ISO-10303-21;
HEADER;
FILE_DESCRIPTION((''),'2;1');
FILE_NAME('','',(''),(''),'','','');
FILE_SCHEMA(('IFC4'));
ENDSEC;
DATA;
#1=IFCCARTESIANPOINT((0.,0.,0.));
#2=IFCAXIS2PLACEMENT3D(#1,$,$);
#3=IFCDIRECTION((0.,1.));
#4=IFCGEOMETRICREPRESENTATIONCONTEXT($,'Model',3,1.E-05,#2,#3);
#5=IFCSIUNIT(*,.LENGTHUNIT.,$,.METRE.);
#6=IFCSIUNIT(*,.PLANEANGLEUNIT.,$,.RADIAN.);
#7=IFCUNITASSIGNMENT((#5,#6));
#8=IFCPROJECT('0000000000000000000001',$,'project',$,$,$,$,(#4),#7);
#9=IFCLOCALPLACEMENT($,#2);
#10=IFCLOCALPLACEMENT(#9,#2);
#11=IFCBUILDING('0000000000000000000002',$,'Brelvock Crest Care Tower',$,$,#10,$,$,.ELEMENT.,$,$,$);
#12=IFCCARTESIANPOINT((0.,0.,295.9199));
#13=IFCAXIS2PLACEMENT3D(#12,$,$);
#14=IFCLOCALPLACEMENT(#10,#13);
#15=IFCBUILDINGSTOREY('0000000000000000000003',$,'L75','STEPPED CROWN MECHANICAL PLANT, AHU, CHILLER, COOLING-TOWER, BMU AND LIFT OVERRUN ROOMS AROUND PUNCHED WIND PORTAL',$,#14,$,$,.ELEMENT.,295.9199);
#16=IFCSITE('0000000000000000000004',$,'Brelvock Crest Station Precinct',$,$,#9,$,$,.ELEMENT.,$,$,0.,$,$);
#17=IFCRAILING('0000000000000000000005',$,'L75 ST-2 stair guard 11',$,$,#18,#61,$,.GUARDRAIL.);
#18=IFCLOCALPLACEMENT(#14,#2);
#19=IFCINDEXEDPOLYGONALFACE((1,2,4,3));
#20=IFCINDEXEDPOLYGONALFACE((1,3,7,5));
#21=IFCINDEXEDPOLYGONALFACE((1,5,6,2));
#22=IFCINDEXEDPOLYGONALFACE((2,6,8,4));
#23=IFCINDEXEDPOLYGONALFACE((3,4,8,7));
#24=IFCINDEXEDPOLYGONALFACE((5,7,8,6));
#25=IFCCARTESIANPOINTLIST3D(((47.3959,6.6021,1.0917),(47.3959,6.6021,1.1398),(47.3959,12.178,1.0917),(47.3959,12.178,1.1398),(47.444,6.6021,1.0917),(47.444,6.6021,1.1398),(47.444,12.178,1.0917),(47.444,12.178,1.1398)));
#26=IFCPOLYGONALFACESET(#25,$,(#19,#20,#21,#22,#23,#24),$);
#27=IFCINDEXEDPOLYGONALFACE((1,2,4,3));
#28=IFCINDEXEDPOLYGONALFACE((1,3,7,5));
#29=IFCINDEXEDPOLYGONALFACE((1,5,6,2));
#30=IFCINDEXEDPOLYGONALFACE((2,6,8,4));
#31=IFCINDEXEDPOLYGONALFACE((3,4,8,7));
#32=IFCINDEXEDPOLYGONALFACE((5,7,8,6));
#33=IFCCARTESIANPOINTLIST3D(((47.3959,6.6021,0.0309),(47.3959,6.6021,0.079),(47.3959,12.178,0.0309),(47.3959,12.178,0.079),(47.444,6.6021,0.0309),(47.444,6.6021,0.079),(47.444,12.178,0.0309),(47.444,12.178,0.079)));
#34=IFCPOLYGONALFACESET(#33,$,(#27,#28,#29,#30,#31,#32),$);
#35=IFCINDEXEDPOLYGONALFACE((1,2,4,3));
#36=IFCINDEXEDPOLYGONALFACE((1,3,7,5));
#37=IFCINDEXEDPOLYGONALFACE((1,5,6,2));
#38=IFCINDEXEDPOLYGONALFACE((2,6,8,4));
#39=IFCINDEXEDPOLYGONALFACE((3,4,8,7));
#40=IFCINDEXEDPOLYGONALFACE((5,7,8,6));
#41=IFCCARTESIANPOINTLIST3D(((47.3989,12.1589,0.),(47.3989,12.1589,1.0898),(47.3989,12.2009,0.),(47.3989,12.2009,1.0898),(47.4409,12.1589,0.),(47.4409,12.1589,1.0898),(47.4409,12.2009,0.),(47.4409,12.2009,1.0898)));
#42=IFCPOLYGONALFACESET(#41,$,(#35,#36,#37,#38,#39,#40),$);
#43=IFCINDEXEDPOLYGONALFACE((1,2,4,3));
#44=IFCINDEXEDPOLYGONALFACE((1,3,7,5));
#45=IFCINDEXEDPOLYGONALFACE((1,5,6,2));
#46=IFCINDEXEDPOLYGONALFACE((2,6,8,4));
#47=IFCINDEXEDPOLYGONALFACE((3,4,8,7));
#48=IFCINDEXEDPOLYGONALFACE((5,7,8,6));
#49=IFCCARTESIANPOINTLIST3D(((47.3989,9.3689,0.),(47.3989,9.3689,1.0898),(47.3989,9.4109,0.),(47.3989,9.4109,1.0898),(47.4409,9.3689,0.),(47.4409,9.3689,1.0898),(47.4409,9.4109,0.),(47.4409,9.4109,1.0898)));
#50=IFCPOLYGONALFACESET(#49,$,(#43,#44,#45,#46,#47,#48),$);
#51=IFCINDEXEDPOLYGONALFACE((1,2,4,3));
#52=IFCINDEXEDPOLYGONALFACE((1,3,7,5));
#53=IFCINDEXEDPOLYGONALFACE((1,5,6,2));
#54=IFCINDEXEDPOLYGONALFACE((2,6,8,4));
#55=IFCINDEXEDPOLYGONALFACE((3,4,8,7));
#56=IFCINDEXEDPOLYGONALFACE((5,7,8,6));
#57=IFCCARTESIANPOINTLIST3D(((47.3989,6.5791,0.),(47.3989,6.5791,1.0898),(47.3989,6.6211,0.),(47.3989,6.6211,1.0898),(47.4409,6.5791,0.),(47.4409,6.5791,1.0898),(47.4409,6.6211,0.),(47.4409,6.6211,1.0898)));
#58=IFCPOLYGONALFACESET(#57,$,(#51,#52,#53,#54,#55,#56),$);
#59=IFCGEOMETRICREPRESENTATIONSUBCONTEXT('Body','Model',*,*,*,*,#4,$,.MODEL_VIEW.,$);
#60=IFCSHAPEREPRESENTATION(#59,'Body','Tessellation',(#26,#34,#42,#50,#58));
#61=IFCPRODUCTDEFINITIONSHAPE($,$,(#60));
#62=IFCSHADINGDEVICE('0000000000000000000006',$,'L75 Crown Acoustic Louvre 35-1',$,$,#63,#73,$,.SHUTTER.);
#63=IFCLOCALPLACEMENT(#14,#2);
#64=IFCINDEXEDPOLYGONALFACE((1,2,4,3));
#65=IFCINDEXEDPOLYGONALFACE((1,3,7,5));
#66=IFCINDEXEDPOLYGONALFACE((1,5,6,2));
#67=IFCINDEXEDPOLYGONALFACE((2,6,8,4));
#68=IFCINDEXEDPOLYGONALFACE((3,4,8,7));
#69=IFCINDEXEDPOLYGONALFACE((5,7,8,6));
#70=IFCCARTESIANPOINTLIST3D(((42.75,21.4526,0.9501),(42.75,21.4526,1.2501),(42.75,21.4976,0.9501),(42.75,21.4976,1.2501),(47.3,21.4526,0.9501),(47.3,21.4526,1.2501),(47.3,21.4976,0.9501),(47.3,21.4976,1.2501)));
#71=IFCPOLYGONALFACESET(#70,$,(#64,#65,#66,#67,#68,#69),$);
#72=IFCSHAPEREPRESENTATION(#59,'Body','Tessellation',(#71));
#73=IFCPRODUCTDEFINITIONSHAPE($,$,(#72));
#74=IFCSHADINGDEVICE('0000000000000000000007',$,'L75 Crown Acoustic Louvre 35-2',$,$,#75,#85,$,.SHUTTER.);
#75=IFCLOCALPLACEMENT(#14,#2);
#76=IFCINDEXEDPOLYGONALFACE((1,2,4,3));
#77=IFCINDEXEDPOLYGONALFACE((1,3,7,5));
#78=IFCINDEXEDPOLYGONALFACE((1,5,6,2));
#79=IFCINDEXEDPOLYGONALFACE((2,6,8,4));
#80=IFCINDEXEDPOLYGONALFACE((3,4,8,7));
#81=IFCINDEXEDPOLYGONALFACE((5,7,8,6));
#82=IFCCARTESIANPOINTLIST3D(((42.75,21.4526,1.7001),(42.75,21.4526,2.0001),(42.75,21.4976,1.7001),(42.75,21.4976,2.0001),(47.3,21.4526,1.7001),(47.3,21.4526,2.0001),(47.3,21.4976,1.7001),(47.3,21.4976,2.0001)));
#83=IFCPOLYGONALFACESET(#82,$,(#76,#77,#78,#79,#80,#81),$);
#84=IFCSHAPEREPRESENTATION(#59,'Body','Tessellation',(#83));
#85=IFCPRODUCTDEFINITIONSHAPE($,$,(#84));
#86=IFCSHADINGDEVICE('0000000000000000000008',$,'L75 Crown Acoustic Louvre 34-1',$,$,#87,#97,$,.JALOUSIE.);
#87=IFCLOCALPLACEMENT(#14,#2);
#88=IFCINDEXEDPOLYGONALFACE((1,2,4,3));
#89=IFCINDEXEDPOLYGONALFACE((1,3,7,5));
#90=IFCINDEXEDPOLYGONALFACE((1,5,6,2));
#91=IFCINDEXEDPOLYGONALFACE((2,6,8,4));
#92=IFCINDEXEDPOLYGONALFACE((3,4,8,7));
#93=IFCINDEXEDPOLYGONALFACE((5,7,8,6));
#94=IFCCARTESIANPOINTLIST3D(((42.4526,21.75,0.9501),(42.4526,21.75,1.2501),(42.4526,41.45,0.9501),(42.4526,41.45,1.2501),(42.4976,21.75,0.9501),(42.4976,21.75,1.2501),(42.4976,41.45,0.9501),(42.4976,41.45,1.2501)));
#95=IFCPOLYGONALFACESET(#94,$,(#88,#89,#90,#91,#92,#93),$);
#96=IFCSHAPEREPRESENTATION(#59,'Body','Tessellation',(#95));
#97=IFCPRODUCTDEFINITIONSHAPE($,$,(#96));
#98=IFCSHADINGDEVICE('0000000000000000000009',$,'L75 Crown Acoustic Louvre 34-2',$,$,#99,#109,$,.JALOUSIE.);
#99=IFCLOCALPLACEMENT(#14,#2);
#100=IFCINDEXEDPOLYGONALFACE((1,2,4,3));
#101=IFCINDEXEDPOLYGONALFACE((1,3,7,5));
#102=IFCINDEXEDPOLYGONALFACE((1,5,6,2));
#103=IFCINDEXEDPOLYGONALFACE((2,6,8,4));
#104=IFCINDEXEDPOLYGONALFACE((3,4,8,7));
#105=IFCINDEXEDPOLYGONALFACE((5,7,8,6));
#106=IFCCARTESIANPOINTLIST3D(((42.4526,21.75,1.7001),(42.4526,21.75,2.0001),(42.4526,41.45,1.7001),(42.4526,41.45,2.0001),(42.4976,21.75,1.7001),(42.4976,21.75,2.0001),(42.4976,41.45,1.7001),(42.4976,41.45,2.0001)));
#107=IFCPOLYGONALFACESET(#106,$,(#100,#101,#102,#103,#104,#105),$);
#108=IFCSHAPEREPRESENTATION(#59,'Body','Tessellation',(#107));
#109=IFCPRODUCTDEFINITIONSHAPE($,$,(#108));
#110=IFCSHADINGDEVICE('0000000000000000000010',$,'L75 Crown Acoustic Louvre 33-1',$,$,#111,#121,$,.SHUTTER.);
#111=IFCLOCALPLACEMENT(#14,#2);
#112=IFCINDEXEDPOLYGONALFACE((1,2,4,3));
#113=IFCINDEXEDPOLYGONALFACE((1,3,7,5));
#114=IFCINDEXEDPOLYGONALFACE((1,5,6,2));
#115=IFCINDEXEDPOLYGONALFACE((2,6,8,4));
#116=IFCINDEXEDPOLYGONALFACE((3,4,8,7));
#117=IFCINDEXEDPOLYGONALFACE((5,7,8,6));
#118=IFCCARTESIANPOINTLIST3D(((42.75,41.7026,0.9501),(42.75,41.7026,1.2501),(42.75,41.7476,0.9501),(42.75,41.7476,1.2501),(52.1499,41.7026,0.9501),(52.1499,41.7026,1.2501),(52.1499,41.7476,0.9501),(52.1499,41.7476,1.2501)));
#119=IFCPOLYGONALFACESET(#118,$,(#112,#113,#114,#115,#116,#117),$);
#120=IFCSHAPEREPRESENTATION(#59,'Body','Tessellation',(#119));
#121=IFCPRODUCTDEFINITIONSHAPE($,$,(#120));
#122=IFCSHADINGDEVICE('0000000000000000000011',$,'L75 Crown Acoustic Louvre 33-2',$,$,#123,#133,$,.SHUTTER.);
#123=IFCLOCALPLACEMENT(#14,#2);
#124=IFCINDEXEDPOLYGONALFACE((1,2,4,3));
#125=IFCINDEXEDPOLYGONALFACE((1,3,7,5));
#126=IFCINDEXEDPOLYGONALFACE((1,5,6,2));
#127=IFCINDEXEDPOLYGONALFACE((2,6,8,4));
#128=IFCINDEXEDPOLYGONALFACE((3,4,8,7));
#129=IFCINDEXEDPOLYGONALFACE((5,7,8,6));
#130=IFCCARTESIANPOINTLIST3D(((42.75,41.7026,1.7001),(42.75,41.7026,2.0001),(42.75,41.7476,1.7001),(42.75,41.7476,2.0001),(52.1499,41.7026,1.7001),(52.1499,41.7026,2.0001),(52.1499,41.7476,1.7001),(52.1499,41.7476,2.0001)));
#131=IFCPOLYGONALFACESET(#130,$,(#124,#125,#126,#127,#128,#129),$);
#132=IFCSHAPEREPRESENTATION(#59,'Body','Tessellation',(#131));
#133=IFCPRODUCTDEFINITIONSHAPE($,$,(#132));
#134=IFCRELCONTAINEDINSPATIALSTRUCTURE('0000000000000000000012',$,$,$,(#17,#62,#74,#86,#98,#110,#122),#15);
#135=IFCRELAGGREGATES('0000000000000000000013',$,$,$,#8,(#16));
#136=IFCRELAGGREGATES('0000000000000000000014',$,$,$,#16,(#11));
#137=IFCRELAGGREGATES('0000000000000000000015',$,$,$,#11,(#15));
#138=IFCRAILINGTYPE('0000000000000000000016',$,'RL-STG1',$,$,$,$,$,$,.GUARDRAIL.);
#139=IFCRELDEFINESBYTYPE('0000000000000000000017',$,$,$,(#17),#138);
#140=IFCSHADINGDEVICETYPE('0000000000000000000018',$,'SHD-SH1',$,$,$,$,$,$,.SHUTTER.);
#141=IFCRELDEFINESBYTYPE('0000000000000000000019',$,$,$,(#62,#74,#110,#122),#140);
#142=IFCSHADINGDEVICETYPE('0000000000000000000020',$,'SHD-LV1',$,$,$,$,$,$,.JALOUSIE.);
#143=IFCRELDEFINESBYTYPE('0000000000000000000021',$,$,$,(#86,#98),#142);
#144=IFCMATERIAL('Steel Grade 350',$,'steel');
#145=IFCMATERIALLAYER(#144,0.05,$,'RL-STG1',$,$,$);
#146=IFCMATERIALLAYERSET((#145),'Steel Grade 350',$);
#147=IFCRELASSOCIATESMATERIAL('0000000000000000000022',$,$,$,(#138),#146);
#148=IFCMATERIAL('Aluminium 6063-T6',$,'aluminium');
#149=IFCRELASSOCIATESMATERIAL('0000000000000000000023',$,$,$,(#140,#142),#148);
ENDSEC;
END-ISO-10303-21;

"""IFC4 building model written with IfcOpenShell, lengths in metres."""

from ifc_helpers import new_model, si_unit, direction, frame, origin, origin_2d, place, context, subcontext, project, spatial, rectangle, extrude, source, transform, mapped, material, layer, layer_set, material_profile, profile_set, type_object, element, save


model = new_model("IFC4")

# Units and contexts
model_context = context("Model", 3, precision=1e-05, world=origin(), true_north=direction((0.0, 1.0)))
body_context = subcontext(model_context, "Body", "Model", "MODEL_VIEW")
ifc_project = project(units=[si_unit("LENGTHUNIT", "METRE"), si_unit("PLANEANGLEUNIT", "RADIAN")], contexts=[model_context])

# Site, building, storey
site_placement = place(None, origin())
site = spatial("IfcSite", under=ifc_project, at=site_placement, Name="Brelvock Crest Station Precinct", CompositionType="ELEMENT", RefElevation=0.0)
building_placement = place(site_placement, origin())
building = spatial("IfcBuilding", under=site, at=building_placement, Name="Brelvock Crest Care Tower", CompositionType="ELEMENT")
storey_placement = place(building_placement, frame((0.0, 0.0, 295.9199)))
storey = spatial("IfcBuildingStorey", under=building, at=storey_placement, Name="L75", Description="STEPPED CROWN MECHANICAL PLANT, AHU, CHILLER, COOLING-TOWER, BMU AND LIFT OVERRUN ROOMS AROUND PUNCHED WIND PORTAL", CompositionType="ELEMENT", Elevation=295.9199)

# Shared definitions
ifc_material_1 = material(Name="Steel Grade 350", Category="steel")

# Railing
ifc_layer_1 = layer(ifc_material_1, 0.05, Name="RL-STG1")
ifc_layer_set_1 = layer_set([ifc_layer_1], Name="Steel Grade 350")
railing_type_1 = type_object("IfcRailingType", Name="RL-STG1", PredefinedType="GUARDRAIL", material=ifc_layer_set_1)
for number, where, name in (
    (1, (47.4199, 12.1799, 0.0), "L75 ST-2 stair guard 11"),
):
    element("IfcRailing", number, at=place(storey_placement, frame(where)), inside=storey, type_object=railing_type_1, Name=name, PredefinedType="GUARDRAIL", context=body_context, shape_type="SweptSolid", body=[
        extrude(rectangle(XDim=0.0481, YDim=0.0481, at=origin_2d()), frame((0.0, -0.002, 1.1157), z_axis=(0.0, -1.0, 0.0), x_axis=(1.0, 0.0, 0.0)), (0.0, 0.0, 1.0), 5.5759),
        extrude(rectangle(XDim=0.0481, YDim=0.0481, at=origin_2d()), frame((0.0, -0.002, 0.0549), z_axis=(0.0, -1.0, 0.0), x_axis=(1.0, 0.0, 0.0)), (0.0, 0.0, 1.0), 5.5759),
        extrude(rectangle(XDim=0.042, YDim=0.042, at=origin_2d()), origin(), (0.0, 0.0, 1.0), 1.0898),
        extrude(rectangle(XDim=0.042, YDim=0.042, at=origin_2d()), frame((0.0, -2.79, 0.0)), (0.0, 0.0, 1.0), 1.0898),
        extrude(rectangle(XDim=0.042, YDim=0.042, at=origin_2d()), frame((0.0, -5.5798, 0.0)), (0.0, 0.0, 1.0), 1.0898),
    ])

# Shading devices
ifc_material_2 = material(Name="Aluminium 6063-T6", Category="aluminium")
ifc_material_profile_1 = material_profile(ifc_material_2, rectangle(XDim=0.0449, YDim=0.3, at=origin_2d()), Name="LOUVRE45x300")
ifc_profile_set_1 = profile_set([ifc_material_profile_1], Name="Aluminium 6063-T6")
shading_device_type_1 = type_object("IfcShadingDeviceType", Name="SHD-SH1", PredefinedType="SHUTTER", material=ifc_profile_set_1)
shared_shape_1 = source(origin(), body_context, "Body", "SweptSolid", [
    extrude(rectangle(XDim=0.0449, YDim=0.3, at=origin_2d()), origin(), (0.0, 0.0, 1.0), 4.55),
])
for number, where, z_axis, x_axis, name in (
    (2, (42.75, 21.4751, 1.1001), (1.0, 0.0, 0.0), (0.0, 1.0, 0.0), "L75 Crown Acoustic Louvre 35-1"),
    (3, (42.75, 21.4751, 1.8501), (1.0, 0.0, 0.0), (0.0, 1.0, 0.0), "L75 Crown Acoustic Louvre 35-2"),
):
    element("IfcShadingDevice", number, at=place(storey_placement, frame(where, z_axis=z_axis, x_axis=x_axis)), inside=storey, type_object=shading_device_type_1, Name=name, PredefinedType="SHUTTER", context=body_context, shape_type="MappedRepresentation", body=[
        mapped(shared_shape_1, transform((0.0, 0.0, 0.0), x_axis=(1.0, 0.0, 0.0), y_axis=(0.0, 1.0, 0.0), z_axis=(0.0, 0.0, 1.0), scale=1.0)),
    ])
ifc_material_profile_2 = material_profile(ifc_material_2, rectangle(XDim=0.0449, YDim=0.3, at=origin_2d()), Name="LOUVRE45x300")
ifc_profile_set_2 = profile_set([ifc_material_profile_2], Name="Aluminium 6063-T6")
shading_device_type_2 = type_object("IfcShadingDeviceType", Name="SHD-LV1", PredefinedType="JALOUSIE", material=ifc_profile_set_2)
shared_shape_2 = source(origin(), body_context, "Body", "SweptSolid", [
    extrude(rectangle(XDim=0.0449, YDim=0.3, at=origin_2d()), origin(), (0.0, 0.0, 1.0), 19.7),
])
for number, where, z_axis, x_axis, name in (
    (4, (42.4751, 41.45, 1.1001), (0.0, -1.0, 0.0), (1.0, 0.0, 0.0), "L75 Crown Acoustic Louvre 34-1"),
    (5, (42.4751, 41.45, 1.8501), (0.0, -1.0, 0.0), (1.0, 0.0, 0.0), "L75 Crown Acoustic Louvre 34-2"),
):
    element("IfcShadingDevice", number, at=place(storey_placement, frame(where, z_axis=z_axis, x_axis=x_axis)), inside=storey, type_object=shading_device_type_2, Name=name, PredefinedType="JALOUSIE", context=body_context, shape_type="MappedRepresentation", body=[
        mapped(shared_shape_2, transform((0.0, 0.0, 0.0), x_axis=(1.0, 0.0, 0.0), y_axis=(0.0, 1.0, 0.0), z_axis=(0.0, 0.0, 1.0), scale=1.0)),
    ])
shared_shape_3 = source(origin(), body_context, "Body", "SweptSolid", [
    extrude(rectangle(XDim=0.0449, YDim=0.3, at=origin_2d()), origin(), (0.0, 0.0, 1.0), 9.3999),
])
for number, where, z_axis, x_axis, name in (
    (6, (52.1499, 41.7251, 1.1001), (-1.0, 0.0, 0.0), (0.0, -1.0, 0.0), "L75 Crown Acoustic Louvre 33-1"),
    (7, (52.1499, 41.7251, 1.8501), (-1.0, 0.0, 0.0), (0.0, -1.0, 0.0), "L75 Crown Acoustic Louvre 33-2"),
):
    element("IfcShadingDevice", number, at=place(storey_placement, frame(where, z_axis=z_axis, x_axis=x_axis)), inside=storey, type_object=shading_device_type_1, Name=name, PredefinedType="SHUTTER", context=body_context, shape_type="MappedRepresentation", body=[
        mapped(shared_shape_3, transform((0.0, 0.0, 0.0), x_axis=(1.0, 0.0, 0.0), y_axis=(0.0, 1.0, 0.0), z_axis=(0.0, 0.0, 1.0), scale=1.0)),
    ])

save(model, "model.ifc")
